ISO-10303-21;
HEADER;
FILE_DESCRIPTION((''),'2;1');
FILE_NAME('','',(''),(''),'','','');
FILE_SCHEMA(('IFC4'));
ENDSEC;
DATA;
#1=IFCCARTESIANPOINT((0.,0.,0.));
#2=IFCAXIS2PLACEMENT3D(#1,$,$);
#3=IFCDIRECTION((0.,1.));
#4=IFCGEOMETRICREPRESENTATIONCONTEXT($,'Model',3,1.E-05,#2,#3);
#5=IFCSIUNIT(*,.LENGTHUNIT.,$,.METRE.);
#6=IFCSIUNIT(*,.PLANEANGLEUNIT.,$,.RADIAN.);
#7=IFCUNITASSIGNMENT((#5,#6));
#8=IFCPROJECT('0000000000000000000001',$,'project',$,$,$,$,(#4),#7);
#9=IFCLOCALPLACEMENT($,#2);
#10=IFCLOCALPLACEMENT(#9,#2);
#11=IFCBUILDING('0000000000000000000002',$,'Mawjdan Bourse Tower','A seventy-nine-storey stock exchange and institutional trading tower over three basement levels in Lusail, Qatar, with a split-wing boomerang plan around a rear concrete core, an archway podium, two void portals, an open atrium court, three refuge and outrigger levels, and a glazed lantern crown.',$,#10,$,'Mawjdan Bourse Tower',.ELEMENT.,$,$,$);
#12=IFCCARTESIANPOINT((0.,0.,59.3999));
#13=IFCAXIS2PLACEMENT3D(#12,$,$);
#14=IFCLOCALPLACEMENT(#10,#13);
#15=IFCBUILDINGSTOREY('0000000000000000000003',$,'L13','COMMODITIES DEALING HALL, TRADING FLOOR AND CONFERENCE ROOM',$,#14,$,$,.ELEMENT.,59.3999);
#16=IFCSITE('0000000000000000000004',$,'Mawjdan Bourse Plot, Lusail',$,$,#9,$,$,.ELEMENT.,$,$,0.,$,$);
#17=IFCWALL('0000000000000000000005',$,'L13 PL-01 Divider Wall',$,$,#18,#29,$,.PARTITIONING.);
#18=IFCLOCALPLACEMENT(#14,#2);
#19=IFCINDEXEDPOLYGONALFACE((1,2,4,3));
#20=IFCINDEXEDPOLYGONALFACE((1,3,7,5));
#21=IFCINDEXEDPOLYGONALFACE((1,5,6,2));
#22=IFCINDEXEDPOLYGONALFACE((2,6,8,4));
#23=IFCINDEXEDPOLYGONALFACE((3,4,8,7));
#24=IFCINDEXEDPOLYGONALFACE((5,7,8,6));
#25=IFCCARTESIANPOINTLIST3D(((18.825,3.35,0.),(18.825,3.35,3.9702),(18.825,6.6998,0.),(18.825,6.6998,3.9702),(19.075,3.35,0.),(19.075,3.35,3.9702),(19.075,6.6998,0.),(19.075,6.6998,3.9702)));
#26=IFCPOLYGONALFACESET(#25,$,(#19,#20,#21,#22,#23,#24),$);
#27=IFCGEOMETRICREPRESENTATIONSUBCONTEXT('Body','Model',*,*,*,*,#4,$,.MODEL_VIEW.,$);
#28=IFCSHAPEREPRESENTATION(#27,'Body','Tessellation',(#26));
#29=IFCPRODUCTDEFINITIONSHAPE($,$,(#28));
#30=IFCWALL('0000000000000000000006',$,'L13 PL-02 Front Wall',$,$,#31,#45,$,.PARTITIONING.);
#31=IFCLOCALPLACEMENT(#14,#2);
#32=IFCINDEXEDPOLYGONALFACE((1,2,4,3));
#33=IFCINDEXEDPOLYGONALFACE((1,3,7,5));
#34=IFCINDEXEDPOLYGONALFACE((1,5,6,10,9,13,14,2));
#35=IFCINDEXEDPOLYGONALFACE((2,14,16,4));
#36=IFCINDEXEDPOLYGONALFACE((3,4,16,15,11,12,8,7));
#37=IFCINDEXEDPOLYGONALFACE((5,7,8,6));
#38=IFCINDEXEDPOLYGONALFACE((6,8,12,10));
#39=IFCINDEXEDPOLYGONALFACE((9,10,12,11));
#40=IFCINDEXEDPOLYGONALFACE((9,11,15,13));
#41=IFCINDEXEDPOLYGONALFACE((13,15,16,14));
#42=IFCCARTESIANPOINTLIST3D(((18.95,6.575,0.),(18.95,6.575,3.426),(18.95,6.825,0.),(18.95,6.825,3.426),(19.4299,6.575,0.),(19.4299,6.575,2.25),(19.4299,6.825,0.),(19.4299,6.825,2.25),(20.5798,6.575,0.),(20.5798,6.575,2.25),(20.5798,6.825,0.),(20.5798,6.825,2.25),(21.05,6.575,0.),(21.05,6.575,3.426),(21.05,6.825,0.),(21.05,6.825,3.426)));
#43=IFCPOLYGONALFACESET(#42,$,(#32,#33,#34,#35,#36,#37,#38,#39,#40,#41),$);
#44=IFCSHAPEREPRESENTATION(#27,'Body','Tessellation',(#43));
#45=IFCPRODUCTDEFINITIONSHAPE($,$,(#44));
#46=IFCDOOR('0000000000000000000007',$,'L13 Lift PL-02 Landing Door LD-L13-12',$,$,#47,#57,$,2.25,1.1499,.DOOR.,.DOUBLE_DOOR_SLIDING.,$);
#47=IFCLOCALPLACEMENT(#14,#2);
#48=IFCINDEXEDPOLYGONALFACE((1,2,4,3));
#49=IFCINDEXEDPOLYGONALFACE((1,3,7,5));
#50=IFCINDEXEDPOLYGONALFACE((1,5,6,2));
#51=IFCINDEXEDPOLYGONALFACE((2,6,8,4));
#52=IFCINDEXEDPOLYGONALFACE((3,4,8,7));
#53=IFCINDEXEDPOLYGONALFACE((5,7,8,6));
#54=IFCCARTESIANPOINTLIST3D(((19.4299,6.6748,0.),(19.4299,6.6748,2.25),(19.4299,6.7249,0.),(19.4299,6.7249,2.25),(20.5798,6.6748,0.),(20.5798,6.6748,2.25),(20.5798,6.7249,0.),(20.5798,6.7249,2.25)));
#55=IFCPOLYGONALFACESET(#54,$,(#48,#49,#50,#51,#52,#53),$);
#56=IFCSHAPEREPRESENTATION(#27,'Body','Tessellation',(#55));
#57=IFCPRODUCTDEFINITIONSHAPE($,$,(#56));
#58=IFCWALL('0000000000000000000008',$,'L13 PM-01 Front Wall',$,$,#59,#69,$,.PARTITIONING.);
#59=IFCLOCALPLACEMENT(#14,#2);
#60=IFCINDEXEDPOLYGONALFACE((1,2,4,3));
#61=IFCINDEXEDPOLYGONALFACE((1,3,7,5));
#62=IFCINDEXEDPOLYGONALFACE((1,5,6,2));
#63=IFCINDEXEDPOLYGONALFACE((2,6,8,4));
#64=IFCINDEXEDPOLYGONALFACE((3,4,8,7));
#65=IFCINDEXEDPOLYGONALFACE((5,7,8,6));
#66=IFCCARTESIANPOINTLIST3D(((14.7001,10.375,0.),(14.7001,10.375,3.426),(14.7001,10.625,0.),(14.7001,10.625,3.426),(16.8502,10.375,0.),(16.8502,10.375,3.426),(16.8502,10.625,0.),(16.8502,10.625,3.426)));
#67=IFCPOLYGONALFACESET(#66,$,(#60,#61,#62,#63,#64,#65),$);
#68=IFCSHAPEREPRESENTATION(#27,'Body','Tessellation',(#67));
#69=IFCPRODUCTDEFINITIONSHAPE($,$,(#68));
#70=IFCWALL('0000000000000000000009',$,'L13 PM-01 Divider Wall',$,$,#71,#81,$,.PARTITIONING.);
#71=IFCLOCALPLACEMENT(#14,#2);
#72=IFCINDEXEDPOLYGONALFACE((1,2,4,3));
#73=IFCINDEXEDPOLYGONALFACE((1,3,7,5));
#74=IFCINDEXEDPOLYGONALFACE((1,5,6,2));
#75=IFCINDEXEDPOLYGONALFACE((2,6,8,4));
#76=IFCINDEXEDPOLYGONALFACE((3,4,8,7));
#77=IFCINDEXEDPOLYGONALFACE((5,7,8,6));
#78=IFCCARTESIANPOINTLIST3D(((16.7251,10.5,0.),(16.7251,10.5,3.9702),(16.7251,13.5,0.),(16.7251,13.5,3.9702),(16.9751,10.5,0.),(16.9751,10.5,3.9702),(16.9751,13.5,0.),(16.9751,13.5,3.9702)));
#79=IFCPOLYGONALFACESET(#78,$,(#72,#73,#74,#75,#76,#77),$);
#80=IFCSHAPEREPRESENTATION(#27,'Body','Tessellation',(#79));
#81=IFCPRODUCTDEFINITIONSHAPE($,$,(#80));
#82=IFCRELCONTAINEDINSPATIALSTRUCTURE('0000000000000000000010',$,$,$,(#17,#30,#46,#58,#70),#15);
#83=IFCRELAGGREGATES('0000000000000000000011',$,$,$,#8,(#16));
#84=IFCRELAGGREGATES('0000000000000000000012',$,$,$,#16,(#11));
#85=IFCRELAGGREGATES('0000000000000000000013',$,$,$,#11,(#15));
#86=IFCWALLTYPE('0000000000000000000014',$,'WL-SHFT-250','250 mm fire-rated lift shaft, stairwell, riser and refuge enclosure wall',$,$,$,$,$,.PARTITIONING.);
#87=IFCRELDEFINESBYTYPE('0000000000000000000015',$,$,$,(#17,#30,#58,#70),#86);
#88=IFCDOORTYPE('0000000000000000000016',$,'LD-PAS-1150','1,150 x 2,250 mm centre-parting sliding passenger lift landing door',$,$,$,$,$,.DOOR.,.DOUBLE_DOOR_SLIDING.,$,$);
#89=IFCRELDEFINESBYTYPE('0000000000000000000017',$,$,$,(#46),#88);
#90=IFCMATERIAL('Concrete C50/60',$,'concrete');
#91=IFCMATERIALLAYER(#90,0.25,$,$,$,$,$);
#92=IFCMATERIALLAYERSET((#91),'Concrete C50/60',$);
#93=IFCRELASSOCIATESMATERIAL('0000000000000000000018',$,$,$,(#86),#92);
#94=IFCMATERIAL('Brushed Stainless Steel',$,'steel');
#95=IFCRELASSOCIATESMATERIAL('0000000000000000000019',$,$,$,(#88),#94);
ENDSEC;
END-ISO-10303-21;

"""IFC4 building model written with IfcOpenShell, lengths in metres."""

from ifc_helpers import new_model, si_unit, direction, frame, frame_2d, origin, place, context, subcontext, project, spatial, rectangle, extrude, material, layer, layer_set, type_object, element, fill, save


model = new_model("IFC4")

# Units and contexts
model_context = context("Model", 3, precision=1e-05, world=origin(), true_north=direction((0.0, 1.0)))
body_context = subcontext(model_context, "Body", "Model", "MODEL_VIEW")
ifc_project = project(units=[si_unit("LENGTHUNIT", "METRE"), si_unit("PLANEANGLEUNIT", "RADIAN")], contexts=[model_context])

# Site, building, storey
site_placement = place(None, origin())
site = spatial("IfcSite", under=ifc_project, at=site_placement, Name="Mawjdan Bourse Plot, Lusail", CompositionType="ELEMENT", RefElevation=0.0)
building_placement = place(site_placement, origin())
building = spatial("IfcBuilding", under=site, at=building_placement, Name="Mawjdan Bourse Tower", Description="A seventy-nine-storey stock exchange and institutional trading tower over three basement levels in Lusail, Qatar, with a split-wing boomerang plan around a rear concrete core, an archway podium, two void portals, an open atrium court, three refuge and outrigger levels, and a glazed lantern crown.", LongName="Mawjdan Bourse Tower", CompositionType="ELEMENT")
storey_placement = place(building_placement, frame((0.0, 0.0, 59.3999)))
storey = spatial("IfcBuildingStorey", under=building, at=storey_placement, Name="L13", Description="COMMODITIES DEALING HALL, TRADING FLOOR AND CONFERENCE ROOM", CompositionType="ELEMENT", Elevation=59.3999)

# Shared definitions
ifc_material_1 = material(Name="Concrete C50/60", Category="concrete")
ifc_layer = layer(ifc_material_1, 0.25)
ifc_layer_set = layer_set([ifc_layer], Name="Concrete C50/60")
wall_type = type_object("IfcWallType", Name="WL-SHFT-250", Description="250 mm fire-rated lift shaft, stairwell, riser and refuge enclosure wall", PredefinedType="PARTITIONING", material=ifc_layer_set)

# Shared definitions
ifc_material_2 = material(Name="Brushed Stainless Steel", Category="steel")

# Shared definitions
door_type_1 = type_object("IfcDoorType", Name="LD-PAS-1150", Description="1,150 x 2,250 mm centre-parting sliding passenger lift landing door", OperationType="DOUBLE_DOOR_SLIDING", PredefinedType="DOOR", material=ifc_material_2)

# Wall
wall_1_placement = place(storey_placement, frame((18.95, 3.3501, 0.0), z_axis=(0.0, 0.0, 1.0), x_axis=(0.0, 1.0, 0.0)))
element("IfcWall", 1, at=wall_1_placement, inside=storey, type_object=wall_type, Name="L13 PL-01 Divider Wall", PredefinedType="PARTITIONING", context=body_context, shape_type="SweptSolid", body=[
    extrude(rectangle(XDim=3.3499, YDim=0.25, at=frame_2d((1.6748, 0.0))), origin(), (0.0, 0.0, 1.0), 3.9702),
])

# Wall, opening, door
wall_2_placement = place(storey_placement, frame((18.95, 6.7, 0.0), z_axis=(0.0, 0.0, 1.0), x_axis=(1.0, 0.0, 0.0)))
wall_2 = element("IfcWall", 2, at=wall_2_placement, inside=storey, type_object=wall_type, Name="L13 PL-02 Front Wall", PredefinedType="PARTITIONING", context=body_context, shape_type="SweptSolid", body=[
    extrude(rectangle(XDim=2.1001, YDim=0.25, at=frame_2d((1.05, 0.0))), origin(), (0.0, 0.0, 1.0), 3.426),
])
opening_1_placement = place(wall_2_placement, frame((0.48, 0.0, 0.0)))
opening_1 = element("IfcOpeningElement", 3, at=opening_1_placement, cuts=wall_2, PredefinedType="OPENING", context=body_context, shape_type="SweptSolid", body=[
    extrude(rectangle(XDim=1.1499, YDim=2.25, at=frame_2d((0.575, 1.125))), frame((0.0, 0.135, 0.0), z_axis=(0.0, -1.0, 0.0), x_axis=(1.0, 0.0, 0.0)), (0.0, 0.0, 1.0), 0.27),
])
door_1_placement = place(opening_1_placement, origin())
door_1 = element("IfcDoor", 4, at=door_1_placement, inside=storey, type_object=door_type_1, Name="L13 Lift PL-02 Landing Door LD-L13-12", OperationType="DOUBLE_DOOR_SLIDING", OverallHeight=2.25, OverallWidth=1.1499, PredefinedType="DOOR", context=body_context, shape_type="SweptSolid", body=[
    extrude(rectangle(XDim=1.1499, YDim=2.25, at=frame_2d((0.575, 1.125))), frame((0.0, 0.0249, 0.0), z_axis=(0.0, -1.0, 0.0), x_axis=(1.0, 0.0, 0.0)), (0.0, 0.0, 1.0), 0.05),
])
fill(opening_1, door_1)

# Walls
wall_3_placement = place(storey_placement, frame((14.7, 10.5, 0.0), z_axis=(0.0, 0.0, 1.0), x_axis=(1.0, 0.0, 0.0)))
element("IfcWall", 5, at=wall_3_placement, inside=storey, type_object=wall_type, Name="L13 PM-01 Front Wall", PredefinedType="PARTITIONING", context=body_context, shape_type="SweptSolid", body=[
    extrude(rectangle(XDim=2.1501, YDim=0.25, at=frame_2d((1.0752, 0.0))), origin(), (0.0, 0.0, 1.0), 3.426),
])
wall_4_placement = place(storey_placement, frame((16.8501, 10.5, 0.0), z_axis=(0.0, 0.0, 1.0), x_axis=(0.0, 1.0, 0.0)))
element("IfcWall", 6, at=wall_4_placement, inside=storey, type_object=wall_type, Name="L13 PM-01 Divider Wall", PredefinedType="PARTITIONING", context=body_context, shape_type="SweptSolid", body=[
    extrude(rectangle(XDim=3.0, YDim=0.25, at=frame_2d((1.5, 0.0))), origin(), (0.0, 0.0, 1.0), 3.9702),
])

save(model, "model.ifc")
